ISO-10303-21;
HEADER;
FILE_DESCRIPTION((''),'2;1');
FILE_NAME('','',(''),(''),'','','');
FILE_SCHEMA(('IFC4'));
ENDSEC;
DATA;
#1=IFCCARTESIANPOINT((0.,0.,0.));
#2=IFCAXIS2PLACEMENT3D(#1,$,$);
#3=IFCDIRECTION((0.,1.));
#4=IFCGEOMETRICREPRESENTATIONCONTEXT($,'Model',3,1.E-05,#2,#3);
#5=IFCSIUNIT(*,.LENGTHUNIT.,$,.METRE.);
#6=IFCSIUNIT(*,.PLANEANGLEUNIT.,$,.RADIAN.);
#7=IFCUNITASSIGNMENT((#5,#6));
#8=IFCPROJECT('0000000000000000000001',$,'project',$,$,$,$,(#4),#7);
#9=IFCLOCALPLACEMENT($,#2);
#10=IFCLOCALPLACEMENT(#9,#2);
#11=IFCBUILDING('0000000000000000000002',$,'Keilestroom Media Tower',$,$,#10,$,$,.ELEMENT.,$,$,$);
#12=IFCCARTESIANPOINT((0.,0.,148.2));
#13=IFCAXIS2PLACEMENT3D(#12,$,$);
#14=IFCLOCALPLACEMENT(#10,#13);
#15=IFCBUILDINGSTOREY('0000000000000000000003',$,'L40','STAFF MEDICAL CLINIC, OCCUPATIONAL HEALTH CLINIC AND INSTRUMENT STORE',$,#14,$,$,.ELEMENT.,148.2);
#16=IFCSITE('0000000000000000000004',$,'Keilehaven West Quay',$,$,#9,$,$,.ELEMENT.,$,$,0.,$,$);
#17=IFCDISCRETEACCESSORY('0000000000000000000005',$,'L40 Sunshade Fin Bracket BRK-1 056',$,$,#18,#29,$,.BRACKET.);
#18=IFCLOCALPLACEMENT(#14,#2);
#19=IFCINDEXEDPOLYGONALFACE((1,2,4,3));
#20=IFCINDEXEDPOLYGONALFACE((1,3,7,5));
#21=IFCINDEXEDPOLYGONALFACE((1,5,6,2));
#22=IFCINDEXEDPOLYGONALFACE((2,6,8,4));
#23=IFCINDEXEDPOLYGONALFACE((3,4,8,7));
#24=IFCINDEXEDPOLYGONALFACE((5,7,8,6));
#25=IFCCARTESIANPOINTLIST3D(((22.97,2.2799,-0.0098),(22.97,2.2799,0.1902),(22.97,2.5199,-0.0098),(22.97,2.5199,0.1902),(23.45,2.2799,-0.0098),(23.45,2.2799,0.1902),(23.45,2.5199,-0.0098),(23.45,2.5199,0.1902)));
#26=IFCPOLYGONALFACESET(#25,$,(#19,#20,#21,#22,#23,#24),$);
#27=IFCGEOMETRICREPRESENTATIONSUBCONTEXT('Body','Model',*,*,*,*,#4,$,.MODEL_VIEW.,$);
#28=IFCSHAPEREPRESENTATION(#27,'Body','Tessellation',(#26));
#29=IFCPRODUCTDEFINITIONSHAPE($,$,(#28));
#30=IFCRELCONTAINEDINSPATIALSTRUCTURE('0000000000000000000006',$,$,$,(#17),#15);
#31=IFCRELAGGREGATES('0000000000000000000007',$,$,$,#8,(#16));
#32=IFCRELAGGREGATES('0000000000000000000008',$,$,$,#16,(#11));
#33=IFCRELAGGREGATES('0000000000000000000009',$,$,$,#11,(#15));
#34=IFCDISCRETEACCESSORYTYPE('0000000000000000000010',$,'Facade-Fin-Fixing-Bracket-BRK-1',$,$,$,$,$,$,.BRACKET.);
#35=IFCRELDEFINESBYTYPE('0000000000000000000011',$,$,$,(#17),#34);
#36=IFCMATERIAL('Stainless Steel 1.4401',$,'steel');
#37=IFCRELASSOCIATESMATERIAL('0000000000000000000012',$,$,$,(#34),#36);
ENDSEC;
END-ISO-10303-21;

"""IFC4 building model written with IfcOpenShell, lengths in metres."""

from ifc_helpers import new_model, si_unit, direction, frame, origin, origin_2d, place, context, subcontext, project, spatial, rectangle, extrude, source, transform, mapped, material, type_object, element, save


model = new_model("IFC4")

# Units and contexts
model_context = context("Model", 3, precision=1e-05, world=origin(), true_north=direction((0.0, 1.0)))
body_context = subcontext(model_context, "Body", "Model", "MODEL_VIEW")
ifc_project = project(units=[si_unit("LENGTHUNIT", "METRE"), si_unit("PLANEANGLEUNIT", "RADIAN")], contexts=[model_context])

# Site, building, storey
site_placement = place(None, origin())
site = spatial("IfcSite", under=ifc_project, at=site_placement, Name="Keilehaven West Quay", CompositionType="ELEMENT", RefElevation=0.0)
building_placement = place(site_placement, origin())
building = spatial("IfcBuilding", under=site, at=building_placement, Name="Keilestroom Media Tower", CompositionType="ELEMENT")
storey_placement = place(building_placement, frame((0.0, 0.0, 148.2)))
storey = spatial("IfcBuildingStorey", under=building, at=storey_placement, Name="L40", Description="STAFF MEDICAL CLINIC, OCCUPATIONAL HEALTH CLINIC AND INSTRUMENT STORE", CompositionType="ELEMENT", Elevation=148.2)

# Discrete accessory
ifc_material_1 = material(Name="Stainless Steel 1.4401", Category="steel")
discrete_accessory_type = type_object("IfcDiscreteAccessoryType", Name="Facade-Fin-Fixing-Bracket-BRK-1", PredefinedType="BRACKET", material=ifc_material_1)
shared_shape_1 = source(origin(), body_context, "Body", "SweptSolid", [
    extrude(rectangle(XDim=0.48, YDim=0.24, at=origin_2d()), origin(), (0.0, 0.0, 1.0), 0.2),
])
discrete_accessory_placement = place(storey_placement, frame((23.21, 2.3999, -0.0098), z_axis=(0.0, 0.0, 1.0), x_axis=(1.0, 0.0, 0.0)))
element("IfcDiscreteAccessory", 1, at=discrete_accessory_placement, inside=storey, type_object=discrete_accessory_type, Name="L40 Sunshade Fin Bracket BRK-1 056", PredefinedType="BRACKET", context=body_context, shape_type="MappedRepresentation", body=[
    mapped(shared_shape_1, transform((0.0, 0.0, 0.0), x_axis=(1.0, 0.0, 0.0), y_axis=(0.0, 1.0, 0.0), z_axis=(0.0, 0.0, 1.0), scale=1.0)),
])

save(model, "model.ifc")
